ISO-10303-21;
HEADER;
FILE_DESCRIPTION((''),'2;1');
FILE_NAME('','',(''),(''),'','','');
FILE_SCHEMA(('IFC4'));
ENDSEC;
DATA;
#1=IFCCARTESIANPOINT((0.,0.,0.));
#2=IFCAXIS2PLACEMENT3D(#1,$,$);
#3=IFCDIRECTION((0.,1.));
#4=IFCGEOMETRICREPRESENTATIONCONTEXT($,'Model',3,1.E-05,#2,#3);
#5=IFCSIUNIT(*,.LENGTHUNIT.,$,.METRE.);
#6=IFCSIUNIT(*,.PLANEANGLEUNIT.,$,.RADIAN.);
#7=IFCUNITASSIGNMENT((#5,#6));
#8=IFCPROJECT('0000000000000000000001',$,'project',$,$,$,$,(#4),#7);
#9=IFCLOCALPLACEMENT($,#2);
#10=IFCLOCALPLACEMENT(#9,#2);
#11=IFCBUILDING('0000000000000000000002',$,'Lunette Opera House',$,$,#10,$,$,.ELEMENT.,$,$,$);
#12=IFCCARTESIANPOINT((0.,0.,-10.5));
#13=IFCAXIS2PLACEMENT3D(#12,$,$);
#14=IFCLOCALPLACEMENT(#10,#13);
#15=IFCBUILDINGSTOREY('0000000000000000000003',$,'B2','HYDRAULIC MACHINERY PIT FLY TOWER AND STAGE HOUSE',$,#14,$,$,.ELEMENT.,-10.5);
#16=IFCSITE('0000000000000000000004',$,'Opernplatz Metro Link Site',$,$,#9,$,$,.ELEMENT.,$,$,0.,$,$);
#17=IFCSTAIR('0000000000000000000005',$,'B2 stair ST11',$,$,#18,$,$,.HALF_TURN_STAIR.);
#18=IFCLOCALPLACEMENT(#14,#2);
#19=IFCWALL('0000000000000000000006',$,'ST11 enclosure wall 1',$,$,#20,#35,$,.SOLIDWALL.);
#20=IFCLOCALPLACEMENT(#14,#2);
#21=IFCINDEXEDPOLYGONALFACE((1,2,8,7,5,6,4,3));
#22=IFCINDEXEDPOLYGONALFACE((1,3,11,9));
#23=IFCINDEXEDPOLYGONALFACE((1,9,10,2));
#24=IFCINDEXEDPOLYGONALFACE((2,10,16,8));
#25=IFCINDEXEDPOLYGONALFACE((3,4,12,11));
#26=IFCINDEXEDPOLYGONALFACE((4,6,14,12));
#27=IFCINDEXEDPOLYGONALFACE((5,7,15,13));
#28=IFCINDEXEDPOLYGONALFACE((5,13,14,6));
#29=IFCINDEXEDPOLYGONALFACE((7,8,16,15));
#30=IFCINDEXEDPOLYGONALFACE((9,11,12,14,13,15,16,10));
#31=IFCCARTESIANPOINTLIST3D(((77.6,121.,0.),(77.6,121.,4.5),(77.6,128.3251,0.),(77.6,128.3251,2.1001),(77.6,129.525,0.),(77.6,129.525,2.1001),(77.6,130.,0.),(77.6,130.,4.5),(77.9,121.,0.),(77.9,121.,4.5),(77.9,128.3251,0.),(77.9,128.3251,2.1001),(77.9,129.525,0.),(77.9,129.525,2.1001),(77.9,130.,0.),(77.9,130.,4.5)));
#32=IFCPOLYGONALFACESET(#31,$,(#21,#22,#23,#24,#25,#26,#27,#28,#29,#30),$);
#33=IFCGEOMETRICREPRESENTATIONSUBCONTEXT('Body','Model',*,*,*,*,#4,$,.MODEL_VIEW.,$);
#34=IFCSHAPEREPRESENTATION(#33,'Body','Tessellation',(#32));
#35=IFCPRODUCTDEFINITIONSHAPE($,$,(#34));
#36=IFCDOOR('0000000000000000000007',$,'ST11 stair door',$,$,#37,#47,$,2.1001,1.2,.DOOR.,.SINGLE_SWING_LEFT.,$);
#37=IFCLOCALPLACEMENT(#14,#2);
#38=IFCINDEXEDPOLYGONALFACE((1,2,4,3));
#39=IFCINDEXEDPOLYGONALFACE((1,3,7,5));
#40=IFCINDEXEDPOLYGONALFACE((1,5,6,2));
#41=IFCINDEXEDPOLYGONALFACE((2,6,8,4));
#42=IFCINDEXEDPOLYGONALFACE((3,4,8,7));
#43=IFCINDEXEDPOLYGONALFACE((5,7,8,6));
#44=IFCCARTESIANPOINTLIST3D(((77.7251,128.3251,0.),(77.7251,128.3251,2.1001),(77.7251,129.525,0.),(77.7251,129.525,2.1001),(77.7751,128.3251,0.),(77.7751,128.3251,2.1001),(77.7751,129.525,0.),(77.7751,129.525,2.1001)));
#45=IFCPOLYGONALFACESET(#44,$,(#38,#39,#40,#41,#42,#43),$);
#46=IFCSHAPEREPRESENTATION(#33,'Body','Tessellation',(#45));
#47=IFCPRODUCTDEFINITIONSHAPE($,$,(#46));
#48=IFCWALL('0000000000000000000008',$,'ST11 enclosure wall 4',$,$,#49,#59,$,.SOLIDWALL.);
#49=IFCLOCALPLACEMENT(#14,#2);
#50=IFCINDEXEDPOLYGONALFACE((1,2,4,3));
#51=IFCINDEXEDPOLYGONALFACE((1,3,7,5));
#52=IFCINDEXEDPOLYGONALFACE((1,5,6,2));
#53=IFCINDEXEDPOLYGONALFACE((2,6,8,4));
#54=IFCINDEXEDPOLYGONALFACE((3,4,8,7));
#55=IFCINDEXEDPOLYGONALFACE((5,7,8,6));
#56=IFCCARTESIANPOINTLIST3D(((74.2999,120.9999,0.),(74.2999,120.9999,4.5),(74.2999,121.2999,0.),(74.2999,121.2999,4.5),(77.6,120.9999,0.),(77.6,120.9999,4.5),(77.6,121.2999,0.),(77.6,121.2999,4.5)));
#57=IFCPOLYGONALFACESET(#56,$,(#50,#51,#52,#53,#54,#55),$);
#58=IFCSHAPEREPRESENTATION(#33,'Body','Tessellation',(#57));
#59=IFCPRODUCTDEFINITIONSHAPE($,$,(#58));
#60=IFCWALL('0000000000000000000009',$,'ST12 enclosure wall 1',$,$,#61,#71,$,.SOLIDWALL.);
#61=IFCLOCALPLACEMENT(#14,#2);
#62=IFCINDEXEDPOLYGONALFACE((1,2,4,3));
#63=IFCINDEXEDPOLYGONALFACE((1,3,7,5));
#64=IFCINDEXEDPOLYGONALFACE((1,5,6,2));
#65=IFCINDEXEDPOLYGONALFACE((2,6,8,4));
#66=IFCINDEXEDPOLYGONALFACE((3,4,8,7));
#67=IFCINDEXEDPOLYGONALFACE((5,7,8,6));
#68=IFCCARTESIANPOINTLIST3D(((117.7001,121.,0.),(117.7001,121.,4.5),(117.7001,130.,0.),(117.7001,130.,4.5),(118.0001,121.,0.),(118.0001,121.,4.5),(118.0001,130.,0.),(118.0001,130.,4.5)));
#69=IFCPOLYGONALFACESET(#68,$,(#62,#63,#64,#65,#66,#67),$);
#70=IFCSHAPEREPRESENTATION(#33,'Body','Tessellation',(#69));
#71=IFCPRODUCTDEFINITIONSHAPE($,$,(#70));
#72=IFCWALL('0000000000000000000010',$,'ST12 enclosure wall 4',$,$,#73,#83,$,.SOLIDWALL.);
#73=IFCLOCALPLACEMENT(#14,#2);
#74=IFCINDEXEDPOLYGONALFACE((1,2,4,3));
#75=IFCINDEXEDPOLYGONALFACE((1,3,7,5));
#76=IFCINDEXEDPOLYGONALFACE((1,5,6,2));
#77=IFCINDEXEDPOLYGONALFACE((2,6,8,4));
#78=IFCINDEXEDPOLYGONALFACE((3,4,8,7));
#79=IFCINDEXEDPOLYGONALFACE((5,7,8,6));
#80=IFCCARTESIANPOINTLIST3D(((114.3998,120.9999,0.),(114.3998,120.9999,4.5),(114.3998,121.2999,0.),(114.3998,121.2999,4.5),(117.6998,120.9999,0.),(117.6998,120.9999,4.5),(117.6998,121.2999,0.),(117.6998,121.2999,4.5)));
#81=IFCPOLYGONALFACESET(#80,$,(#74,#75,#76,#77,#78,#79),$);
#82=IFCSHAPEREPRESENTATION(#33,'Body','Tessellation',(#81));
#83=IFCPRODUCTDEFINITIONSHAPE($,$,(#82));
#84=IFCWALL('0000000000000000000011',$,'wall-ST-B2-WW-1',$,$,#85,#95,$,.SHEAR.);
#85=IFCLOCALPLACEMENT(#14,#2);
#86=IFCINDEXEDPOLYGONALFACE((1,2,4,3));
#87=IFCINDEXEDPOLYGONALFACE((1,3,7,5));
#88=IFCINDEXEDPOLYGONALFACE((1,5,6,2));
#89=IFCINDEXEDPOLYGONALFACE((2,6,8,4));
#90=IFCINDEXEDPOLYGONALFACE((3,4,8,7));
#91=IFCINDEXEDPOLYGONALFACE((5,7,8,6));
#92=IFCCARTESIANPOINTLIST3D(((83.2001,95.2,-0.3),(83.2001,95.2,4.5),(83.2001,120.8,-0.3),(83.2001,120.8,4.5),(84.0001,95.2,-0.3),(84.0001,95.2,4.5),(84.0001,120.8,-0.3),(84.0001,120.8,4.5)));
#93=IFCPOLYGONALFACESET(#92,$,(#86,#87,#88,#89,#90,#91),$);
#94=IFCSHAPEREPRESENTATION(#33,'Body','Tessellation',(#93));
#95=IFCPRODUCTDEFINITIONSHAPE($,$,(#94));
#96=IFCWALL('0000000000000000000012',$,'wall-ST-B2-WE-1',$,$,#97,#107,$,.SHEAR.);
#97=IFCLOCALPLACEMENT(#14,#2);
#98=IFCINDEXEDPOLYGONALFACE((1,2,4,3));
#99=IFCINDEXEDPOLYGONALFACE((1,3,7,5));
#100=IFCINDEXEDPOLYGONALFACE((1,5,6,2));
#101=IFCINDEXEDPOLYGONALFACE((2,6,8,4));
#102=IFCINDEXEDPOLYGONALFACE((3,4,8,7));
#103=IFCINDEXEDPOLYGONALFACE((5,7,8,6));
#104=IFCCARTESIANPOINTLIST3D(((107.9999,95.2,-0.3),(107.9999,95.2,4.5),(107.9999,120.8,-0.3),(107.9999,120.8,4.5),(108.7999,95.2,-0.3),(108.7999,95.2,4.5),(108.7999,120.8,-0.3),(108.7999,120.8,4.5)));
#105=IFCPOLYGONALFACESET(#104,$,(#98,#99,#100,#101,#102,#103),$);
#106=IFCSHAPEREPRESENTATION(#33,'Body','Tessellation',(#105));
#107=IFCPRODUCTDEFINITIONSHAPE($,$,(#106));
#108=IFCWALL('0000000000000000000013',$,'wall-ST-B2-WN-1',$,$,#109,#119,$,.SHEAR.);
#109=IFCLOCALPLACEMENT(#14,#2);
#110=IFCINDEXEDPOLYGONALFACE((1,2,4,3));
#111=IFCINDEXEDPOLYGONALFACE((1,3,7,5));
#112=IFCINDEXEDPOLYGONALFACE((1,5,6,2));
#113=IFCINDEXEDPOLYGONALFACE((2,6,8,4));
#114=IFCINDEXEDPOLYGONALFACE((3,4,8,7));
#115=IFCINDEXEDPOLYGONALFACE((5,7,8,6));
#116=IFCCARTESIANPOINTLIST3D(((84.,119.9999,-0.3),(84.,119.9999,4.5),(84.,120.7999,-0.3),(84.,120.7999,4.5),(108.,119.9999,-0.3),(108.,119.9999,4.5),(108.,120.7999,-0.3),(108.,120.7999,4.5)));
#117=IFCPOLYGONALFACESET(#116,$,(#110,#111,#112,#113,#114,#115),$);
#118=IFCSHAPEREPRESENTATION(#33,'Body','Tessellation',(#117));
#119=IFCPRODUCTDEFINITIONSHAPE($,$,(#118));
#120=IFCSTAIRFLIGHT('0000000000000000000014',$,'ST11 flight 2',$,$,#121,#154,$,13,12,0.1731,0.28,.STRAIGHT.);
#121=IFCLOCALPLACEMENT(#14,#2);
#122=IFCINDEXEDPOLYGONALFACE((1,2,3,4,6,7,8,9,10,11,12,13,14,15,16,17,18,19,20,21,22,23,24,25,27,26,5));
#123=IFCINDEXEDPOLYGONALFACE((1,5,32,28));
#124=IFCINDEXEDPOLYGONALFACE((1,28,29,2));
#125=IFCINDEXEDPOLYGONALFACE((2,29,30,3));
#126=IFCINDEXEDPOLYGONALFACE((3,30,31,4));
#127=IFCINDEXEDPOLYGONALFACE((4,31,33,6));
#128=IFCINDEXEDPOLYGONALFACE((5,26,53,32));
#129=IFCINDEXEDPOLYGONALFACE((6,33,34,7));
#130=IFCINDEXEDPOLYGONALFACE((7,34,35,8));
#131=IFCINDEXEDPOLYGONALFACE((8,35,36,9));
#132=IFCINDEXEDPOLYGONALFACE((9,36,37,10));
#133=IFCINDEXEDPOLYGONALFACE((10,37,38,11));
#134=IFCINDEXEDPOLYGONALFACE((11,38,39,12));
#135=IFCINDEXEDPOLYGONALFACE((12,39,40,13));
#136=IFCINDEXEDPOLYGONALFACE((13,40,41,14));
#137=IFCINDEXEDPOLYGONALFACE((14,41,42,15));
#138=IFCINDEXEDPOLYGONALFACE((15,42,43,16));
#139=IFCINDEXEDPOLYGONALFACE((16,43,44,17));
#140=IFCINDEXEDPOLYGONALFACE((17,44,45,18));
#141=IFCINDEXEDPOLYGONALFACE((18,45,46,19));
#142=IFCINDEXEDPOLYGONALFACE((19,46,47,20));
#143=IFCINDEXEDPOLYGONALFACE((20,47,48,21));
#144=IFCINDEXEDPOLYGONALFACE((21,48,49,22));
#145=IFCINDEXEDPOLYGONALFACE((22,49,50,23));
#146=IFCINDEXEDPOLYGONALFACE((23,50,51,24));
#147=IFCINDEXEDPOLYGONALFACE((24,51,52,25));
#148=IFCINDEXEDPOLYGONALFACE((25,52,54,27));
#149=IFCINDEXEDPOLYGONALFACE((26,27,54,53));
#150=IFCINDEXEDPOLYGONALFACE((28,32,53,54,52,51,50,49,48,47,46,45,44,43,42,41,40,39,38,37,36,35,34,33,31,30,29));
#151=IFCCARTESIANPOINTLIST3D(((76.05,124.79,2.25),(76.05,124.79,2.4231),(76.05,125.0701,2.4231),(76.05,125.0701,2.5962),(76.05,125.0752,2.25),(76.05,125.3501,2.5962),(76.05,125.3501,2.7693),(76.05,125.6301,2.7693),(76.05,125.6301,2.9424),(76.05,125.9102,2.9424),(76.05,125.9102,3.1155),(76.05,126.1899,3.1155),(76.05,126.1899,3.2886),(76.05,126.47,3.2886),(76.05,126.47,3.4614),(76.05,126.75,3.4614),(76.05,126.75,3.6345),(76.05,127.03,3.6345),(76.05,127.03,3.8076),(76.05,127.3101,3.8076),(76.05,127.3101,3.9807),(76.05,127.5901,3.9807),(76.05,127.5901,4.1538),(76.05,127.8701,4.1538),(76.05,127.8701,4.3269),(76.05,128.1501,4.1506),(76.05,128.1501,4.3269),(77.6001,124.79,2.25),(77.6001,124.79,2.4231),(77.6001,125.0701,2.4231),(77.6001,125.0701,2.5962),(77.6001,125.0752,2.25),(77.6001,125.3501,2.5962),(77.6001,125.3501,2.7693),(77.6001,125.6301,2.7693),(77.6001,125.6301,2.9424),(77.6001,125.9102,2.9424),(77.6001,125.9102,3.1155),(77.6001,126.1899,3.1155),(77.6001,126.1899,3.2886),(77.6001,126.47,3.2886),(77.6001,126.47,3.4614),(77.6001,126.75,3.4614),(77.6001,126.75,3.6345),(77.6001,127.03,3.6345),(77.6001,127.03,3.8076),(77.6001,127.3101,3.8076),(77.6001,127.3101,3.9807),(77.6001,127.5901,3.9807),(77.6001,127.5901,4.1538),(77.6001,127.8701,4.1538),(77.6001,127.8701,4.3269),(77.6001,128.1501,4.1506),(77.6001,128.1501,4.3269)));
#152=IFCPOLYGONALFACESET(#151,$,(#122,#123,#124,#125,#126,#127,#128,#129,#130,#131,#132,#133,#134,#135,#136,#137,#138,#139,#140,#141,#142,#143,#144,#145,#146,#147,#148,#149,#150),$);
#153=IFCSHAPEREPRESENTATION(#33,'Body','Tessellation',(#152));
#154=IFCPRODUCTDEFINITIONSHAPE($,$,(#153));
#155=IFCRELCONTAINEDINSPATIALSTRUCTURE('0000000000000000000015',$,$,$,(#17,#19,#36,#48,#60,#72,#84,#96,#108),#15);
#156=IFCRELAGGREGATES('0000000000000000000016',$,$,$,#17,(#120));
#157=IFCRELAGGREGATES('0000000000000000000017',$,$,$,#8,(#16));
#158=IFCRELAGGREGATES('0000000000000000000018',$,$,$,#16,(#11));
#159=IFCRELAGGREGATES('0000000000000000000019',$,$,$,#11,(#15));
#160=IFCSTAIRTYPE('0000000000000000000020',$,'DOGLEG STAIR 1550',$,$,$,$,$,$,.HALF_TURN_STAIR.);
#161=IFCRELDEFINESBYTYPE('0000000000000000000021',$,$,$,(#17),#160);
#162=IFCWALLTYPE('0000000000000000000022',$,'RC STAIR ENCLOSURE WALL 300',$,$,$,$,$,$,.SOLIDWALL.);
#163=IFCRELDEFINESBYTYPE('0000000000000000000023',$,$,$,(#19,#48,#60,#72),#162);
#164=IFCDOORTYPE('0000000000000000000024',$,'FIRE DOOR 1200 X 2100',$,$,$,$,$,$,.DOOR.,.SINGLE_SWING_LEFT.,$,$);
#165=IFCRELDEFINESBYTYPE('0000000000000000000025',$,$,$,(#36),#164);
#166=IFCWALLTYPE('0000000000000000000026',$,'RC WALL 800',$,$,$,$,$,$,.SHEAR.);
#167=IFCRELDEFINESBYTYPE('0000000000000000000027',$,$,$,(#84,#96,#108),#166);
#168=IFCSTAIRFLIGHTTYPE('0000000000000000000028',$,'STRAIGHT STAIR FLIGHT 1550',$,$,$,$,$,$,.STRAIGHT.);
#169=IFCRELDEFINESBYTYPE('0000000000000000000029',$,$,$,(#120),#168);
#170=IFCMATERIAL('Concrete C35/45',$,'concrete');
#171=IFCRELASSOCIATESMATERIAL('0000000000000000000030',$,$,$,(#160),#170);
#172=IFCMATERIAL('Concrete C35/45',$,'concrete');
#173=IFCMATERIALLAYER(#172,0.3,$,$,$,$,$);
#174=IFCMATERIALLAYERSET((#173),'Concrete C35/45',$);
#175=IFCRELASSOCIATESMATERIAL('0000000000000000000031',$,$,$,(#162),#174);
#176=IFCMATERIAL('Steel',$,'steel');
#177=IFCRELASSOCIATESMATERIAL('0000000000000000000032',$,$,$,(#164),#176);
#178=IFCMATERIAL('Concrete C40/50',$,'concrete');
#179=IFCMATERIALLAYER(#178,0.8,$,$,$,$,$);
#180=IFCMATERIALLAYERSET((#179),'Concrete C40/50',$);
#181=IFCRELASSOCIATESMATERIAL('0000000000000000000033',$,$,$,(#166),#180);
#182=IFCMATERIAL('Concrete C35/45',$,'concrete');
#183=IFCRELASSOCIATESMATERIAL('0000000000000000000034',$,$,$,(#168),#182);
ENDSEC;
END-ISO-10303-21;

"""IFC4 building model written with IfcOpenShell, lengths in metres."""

from ifc_helpers import new_model, si_unit, direction, frame, frame_2d, origin, place, context, subcontext, project, spatial, polyline, rectangle, outline, extrude, material, layer, layer_set, type_object, element, fill, aggregate, save


model = new_model("IFC4")

# Units and contexts
model_context = context("Model", 3, precision=1e-05, world=origin(), true_north=direction((0.0, 1.0)))
body_context = subcontext(model_context, "Body", "Model", "MODEL_VIEW")
ifc_project = project(units=[si_unit("LENGTHUNIT", "METRE"), si_unit("PLANEANGLEUNIT", "RADIAN")], contexts=[model_context])

# Site, building, storey
site_placement = place(None, origin())
site = spatial("IfcSite", under=ifc_project, at=site_placement, Name="Opernplatz Metro Link Site", CompositionType="ELEMENT", RefElevation=0.0)
building_placement = place(site_placement, origin())
building = spatial("IfcBuilding", under=site, at=building_placement, Name="Lunette Opera House", CompositionType="ELEMENT")
storey_placement = place(building_placement, frame((0.0, 0.0, -10.5)))
storey = spatial("IfcBuildingStorey", under=building, at=storey_placement, Name="B2", Description="HYDRAULIC MACHINERY PIT FLY TOWER AND STAGE HOUSE", CompositionType="ELEMENT", Elevation=-10.5)

# Stair
ifc_material_1 = material(Name="Concrete C35/45", Category="concrete")
stair_type = type_object("IfcStairType", Name="DOGLEG STAIR 1550", PredefinedType="HALF_TURN_STAIR", material=ifc_material_1)
stair_1_placement = place(storey_placement, origin())
stair_1 = element("IfcStair", 1, at=stair_1_placement, inside=storey, type_object=stair_type, Name="B2 stair ST11", PredefinedType="HALF_TURN_STAIR")

# Wall, opening, door
ifc_material_2 = material(Name="Concrete C35/45", Category="concrete")
ifc_layer_1 = layer(ifc_material_2, 0.3)
ifc_layer_set_1 = layer_set([ifc_layer_1], Name="Concrete C35/45")
wall_type_1 = type_object("IfcWallType", Name="RC STAIR ENCLOSURE WALL 300", PredefinedType="SOLIDWALL", material=ifc_layer_set_1)
wall_1_placement = place(storey_placement, frame((77.75, 121.0, 0.0), z_axis=(0.0, 0.0, 1.0), x_axis=(0.0, 1.0, 0.0)))
wall_1 = element("IfcWall", 2, at=wall_1_placement, inside=storey, type_object=wall_type_1, Name="ST11 enclosure wall 1", PredefinedType="SOLIDWALL", context=body_context, shape_type="SweptSolid", body=[
    extrude(rectangle(XDim=9.0, YDim=0.3, at=frame_2d((4.5, 0.0))), origin(), (0.0, 0.0, 1.0), 4.5),
])
opening_placement = place(wall_1_placement, frame((7.325, 0.0, 0.0)))
opening = element("IfcOpeningElement", 3, at=opening_placement, cuts=wall_1, PredefinedType="OPENING", context=body_context, shape_type="SweptSolid", body=[
    extrude(rectangle(XDim=1.2, YDim=2.1001, at=frame_2d((0.6001, 1.05))), frame((0.0, 0.1621, 0.0), z_axis=(0.0, -1.0, 0.0), x_axis=(1.0, 0.0, 0.0)), (0.0, 0.0, 1.0), 0.324),
])
ifc_material_3 = material(Name="Steel", Category="steel")
door_type = type_object("IfcDoorType", Name="FIRE DOOR 1200 X 2100", OperationType="SINGLE_SWING_LEFT", PredefinedType="DOOR", material=ifc_material_3)
door_placement = place(opening_placement, origin())
door = element("IfcDoor", 4, at=door_placement, inside=storey, type_object=door_type, Name="ST11 stair door", OperationType="SINGLE_SWING_LEFT", OverallHeight=2.1001, OverallWidth=1.2, PredefinedType="DOOR", context=body_context, shape_type="SweptSolid", body=[
    extrude(rectangle(XDim=1.2, YDim=2.1001, at=frame_2d((0.6001, 1.05))), frame((0.0, 0.0249, 0.0), z_axis=(0.0, -1.0, 0.0), x_axis=(1.0, 0.0, 0.0)), (0.0, 0.0, 1.0), 0.05),
])
fill(opening, door)

# Walls
wall_2_placement = place(storey_placement, frame((74.3, 121.1499, 0.0), z_axis=(0.0, 0.0, 1.0), x_axis=(1.0, 0.0, 0.0)))
element("IfcWall", 5, at=wall_2_placement, inside=storey, type_object=wall_type_1, Name="ST11 enclosure wall 4", PredefinedType="SOLIDWALL", context=body_context, shape_type="SweptSolid", body=[
    extrude(rectangle(XDim=3.3, YDim=0.3, at=frame_2d((1.6499, 0.0))), origin(), (0.0, 0.0, 1.0), 4.5),
])
wall_3_placement = place(storey_placement, frame((117.8501, 121.0, 0.0), z_axis=(0.0, 0.0, 1.0), x_axis=(0.0, 1.0, 0.0)))
element("IfcWall", 6, at=wall_3_placement, inside=storey, type_object=wall_type_1, Name="ST12 enclosure wall 1", PredefinedType="SOLIDWALL", context=body_context, shape_type="SweptSolid", body=[
    extrude(rectangle(XDim=9.0, YDim=0.3, at=frame_2d((4.5, 0.0))), origin(), (0.0, 0.0, 1.0), 4.5),
])
wall_4_placement = place(storey_placement, frame((114.3999, 121.1499, 0.0), z_axis=(0.0, 0.0, 1.0), x_axis=(1.0, 0.0, 0.0)))
element("IfcWall", 7, at=wall_4_placement, inside=storey, type_object=wall_type_1, Name="ST12 enclosure wall 4", PredefinedType="SOLIDWALL", context=body_context, shape_type="SweptSolid", body=[
    extrude(rectangle(XDim=3.3, YDim=0.3, at=frame_2d((1.6499, 0.0))), origin(), (0.0, 0.0, 1.0), 4.5),
])
ifc_material_4 = material(Name="Concrete C40/50", Category="concrete")
ifc_layer_2 = layer(ifc_material_4, 0.8)
ifc_layer_set_2 = layer_set([ifc_layer_2], Name="Concrete C40/50")
wall_type_2 = type_object("IfcWallType", Name="RC WALL 800", PredefinedType="SHEAR", material=ifc_layer_set_2)
for number, where, z_axis, x_axis, name in (
    (8, (83.6001, 95.2, -0.3), (0.0, 0.0, 1.0), (0.0, 1.0, 0.0), "wall-ST-B2-WW-1"),
    (9, (108.3999, 95.2, -0.3), (0.0, 0.0, 1.0), (0.0, 1.0, 0.0), "wall-ST-B2-WE-1"),
):
    element("IfcWall", number, at=place(storey_placement, frame(where, z_axis=z_axis, x_axis=x_axis)), inside=storey, type_object=wall_type_2, Name=name, PredefinedType="SHEAR", context=body_context, shape_type="SweptSolid", body=[
        extrude(rectangle(XDim=25.6001, YDim=0.8, at=frame_2d((12.8, 0.0))), origin(), (0.0, 0.0, 1.0), 4.8),
    ])
wall_5_placement = place(storey_placement, frame((84.0, 120.3999, -0.3), z_axis=(0.0, 0.0, 1.0), x_axis=(1.0, 0.0, 0.0)))
element("IfcWall", 10, at=wall_5_placement, inside=storey, type_object=wall_type_2, Name="wall-ST-B2-WN-1", PredefinedType="SHEAR", context=body_context, shape_type="SweptSolid", body=[
    extrude(rectangle(XDim=24.0, YDim=0.8, at=frame_2d((12.0, 0.0))), origin(), (0.0, 0.0, 1.0), 4.8),
])

# Stair flight
ifc_material_5 = material(Name="Concrete C35/45", Category="concrete")
stair_flight_type = type_object("IfcStairFlightType", Name="STRAIGHT STAIR FLIGHT 1550", PredefinedType="STRAIGHT", material=ifc_material_5)
stair_flight_1_placement = place(storey_placement, frame((76.825, 124.79, 2.25), z_axis=(0.0, 0.0, 1.0), x_axis=(0.0, 1.0, 0.0)))
stair_flight_1 = element("IfcStairFlight", 11, at=stair_flight_1_placement, type_object=stair_flight_type, Name="ST11 flight 2", NumberOfRisers=13, NumberOfTreads=12, PredefinedType="STRAIGHT", RiserHeight=0.1731, TreadLength=0.28, context=body_context, shape_type="SweptSolid", body=[
    extrude(outline(polyline([(0.0, 0.0), (0.0, 0.1731), (0.28, 0.1731), (0.28, 0.3462), (0.5601, 0.3462), (0.5601, 0.5193), (0.8401, 0.5193), (0.8401, 0.6924), (1.1201, 0.6924), (1.1201, 0.8655), (1.3999, 0.8655), (1.3999, 1.0386), (1.6799, 1.0386), (1.6799, 1.2114), (1.96, 1.2114), (1.96, 1.3845), (2.24, 1.3845), (2.24, 1.5576), (2.52, 1.5576), (2.52, 1.7307), (2.8, 1.7307), (2.8, 1.9038), (3.0801, 1.9038), (3.0801, 2.0769), (3.3601, 2.0769), (3.3601, 2.25), (3.3601, 1.9006), (0.2852, 0.0), (0.0, 0.0)])), frame((0.0, 0.7749, 0.0), z_axis=(0.0, -1.0, 0.0), x_axis=(1.0, 0.0, 0.0)), (0.0, 0.0, 1.0), 1.55),
])
aggregate(stair_1, [stair_flight_1])

save(model, "model.ifc")
